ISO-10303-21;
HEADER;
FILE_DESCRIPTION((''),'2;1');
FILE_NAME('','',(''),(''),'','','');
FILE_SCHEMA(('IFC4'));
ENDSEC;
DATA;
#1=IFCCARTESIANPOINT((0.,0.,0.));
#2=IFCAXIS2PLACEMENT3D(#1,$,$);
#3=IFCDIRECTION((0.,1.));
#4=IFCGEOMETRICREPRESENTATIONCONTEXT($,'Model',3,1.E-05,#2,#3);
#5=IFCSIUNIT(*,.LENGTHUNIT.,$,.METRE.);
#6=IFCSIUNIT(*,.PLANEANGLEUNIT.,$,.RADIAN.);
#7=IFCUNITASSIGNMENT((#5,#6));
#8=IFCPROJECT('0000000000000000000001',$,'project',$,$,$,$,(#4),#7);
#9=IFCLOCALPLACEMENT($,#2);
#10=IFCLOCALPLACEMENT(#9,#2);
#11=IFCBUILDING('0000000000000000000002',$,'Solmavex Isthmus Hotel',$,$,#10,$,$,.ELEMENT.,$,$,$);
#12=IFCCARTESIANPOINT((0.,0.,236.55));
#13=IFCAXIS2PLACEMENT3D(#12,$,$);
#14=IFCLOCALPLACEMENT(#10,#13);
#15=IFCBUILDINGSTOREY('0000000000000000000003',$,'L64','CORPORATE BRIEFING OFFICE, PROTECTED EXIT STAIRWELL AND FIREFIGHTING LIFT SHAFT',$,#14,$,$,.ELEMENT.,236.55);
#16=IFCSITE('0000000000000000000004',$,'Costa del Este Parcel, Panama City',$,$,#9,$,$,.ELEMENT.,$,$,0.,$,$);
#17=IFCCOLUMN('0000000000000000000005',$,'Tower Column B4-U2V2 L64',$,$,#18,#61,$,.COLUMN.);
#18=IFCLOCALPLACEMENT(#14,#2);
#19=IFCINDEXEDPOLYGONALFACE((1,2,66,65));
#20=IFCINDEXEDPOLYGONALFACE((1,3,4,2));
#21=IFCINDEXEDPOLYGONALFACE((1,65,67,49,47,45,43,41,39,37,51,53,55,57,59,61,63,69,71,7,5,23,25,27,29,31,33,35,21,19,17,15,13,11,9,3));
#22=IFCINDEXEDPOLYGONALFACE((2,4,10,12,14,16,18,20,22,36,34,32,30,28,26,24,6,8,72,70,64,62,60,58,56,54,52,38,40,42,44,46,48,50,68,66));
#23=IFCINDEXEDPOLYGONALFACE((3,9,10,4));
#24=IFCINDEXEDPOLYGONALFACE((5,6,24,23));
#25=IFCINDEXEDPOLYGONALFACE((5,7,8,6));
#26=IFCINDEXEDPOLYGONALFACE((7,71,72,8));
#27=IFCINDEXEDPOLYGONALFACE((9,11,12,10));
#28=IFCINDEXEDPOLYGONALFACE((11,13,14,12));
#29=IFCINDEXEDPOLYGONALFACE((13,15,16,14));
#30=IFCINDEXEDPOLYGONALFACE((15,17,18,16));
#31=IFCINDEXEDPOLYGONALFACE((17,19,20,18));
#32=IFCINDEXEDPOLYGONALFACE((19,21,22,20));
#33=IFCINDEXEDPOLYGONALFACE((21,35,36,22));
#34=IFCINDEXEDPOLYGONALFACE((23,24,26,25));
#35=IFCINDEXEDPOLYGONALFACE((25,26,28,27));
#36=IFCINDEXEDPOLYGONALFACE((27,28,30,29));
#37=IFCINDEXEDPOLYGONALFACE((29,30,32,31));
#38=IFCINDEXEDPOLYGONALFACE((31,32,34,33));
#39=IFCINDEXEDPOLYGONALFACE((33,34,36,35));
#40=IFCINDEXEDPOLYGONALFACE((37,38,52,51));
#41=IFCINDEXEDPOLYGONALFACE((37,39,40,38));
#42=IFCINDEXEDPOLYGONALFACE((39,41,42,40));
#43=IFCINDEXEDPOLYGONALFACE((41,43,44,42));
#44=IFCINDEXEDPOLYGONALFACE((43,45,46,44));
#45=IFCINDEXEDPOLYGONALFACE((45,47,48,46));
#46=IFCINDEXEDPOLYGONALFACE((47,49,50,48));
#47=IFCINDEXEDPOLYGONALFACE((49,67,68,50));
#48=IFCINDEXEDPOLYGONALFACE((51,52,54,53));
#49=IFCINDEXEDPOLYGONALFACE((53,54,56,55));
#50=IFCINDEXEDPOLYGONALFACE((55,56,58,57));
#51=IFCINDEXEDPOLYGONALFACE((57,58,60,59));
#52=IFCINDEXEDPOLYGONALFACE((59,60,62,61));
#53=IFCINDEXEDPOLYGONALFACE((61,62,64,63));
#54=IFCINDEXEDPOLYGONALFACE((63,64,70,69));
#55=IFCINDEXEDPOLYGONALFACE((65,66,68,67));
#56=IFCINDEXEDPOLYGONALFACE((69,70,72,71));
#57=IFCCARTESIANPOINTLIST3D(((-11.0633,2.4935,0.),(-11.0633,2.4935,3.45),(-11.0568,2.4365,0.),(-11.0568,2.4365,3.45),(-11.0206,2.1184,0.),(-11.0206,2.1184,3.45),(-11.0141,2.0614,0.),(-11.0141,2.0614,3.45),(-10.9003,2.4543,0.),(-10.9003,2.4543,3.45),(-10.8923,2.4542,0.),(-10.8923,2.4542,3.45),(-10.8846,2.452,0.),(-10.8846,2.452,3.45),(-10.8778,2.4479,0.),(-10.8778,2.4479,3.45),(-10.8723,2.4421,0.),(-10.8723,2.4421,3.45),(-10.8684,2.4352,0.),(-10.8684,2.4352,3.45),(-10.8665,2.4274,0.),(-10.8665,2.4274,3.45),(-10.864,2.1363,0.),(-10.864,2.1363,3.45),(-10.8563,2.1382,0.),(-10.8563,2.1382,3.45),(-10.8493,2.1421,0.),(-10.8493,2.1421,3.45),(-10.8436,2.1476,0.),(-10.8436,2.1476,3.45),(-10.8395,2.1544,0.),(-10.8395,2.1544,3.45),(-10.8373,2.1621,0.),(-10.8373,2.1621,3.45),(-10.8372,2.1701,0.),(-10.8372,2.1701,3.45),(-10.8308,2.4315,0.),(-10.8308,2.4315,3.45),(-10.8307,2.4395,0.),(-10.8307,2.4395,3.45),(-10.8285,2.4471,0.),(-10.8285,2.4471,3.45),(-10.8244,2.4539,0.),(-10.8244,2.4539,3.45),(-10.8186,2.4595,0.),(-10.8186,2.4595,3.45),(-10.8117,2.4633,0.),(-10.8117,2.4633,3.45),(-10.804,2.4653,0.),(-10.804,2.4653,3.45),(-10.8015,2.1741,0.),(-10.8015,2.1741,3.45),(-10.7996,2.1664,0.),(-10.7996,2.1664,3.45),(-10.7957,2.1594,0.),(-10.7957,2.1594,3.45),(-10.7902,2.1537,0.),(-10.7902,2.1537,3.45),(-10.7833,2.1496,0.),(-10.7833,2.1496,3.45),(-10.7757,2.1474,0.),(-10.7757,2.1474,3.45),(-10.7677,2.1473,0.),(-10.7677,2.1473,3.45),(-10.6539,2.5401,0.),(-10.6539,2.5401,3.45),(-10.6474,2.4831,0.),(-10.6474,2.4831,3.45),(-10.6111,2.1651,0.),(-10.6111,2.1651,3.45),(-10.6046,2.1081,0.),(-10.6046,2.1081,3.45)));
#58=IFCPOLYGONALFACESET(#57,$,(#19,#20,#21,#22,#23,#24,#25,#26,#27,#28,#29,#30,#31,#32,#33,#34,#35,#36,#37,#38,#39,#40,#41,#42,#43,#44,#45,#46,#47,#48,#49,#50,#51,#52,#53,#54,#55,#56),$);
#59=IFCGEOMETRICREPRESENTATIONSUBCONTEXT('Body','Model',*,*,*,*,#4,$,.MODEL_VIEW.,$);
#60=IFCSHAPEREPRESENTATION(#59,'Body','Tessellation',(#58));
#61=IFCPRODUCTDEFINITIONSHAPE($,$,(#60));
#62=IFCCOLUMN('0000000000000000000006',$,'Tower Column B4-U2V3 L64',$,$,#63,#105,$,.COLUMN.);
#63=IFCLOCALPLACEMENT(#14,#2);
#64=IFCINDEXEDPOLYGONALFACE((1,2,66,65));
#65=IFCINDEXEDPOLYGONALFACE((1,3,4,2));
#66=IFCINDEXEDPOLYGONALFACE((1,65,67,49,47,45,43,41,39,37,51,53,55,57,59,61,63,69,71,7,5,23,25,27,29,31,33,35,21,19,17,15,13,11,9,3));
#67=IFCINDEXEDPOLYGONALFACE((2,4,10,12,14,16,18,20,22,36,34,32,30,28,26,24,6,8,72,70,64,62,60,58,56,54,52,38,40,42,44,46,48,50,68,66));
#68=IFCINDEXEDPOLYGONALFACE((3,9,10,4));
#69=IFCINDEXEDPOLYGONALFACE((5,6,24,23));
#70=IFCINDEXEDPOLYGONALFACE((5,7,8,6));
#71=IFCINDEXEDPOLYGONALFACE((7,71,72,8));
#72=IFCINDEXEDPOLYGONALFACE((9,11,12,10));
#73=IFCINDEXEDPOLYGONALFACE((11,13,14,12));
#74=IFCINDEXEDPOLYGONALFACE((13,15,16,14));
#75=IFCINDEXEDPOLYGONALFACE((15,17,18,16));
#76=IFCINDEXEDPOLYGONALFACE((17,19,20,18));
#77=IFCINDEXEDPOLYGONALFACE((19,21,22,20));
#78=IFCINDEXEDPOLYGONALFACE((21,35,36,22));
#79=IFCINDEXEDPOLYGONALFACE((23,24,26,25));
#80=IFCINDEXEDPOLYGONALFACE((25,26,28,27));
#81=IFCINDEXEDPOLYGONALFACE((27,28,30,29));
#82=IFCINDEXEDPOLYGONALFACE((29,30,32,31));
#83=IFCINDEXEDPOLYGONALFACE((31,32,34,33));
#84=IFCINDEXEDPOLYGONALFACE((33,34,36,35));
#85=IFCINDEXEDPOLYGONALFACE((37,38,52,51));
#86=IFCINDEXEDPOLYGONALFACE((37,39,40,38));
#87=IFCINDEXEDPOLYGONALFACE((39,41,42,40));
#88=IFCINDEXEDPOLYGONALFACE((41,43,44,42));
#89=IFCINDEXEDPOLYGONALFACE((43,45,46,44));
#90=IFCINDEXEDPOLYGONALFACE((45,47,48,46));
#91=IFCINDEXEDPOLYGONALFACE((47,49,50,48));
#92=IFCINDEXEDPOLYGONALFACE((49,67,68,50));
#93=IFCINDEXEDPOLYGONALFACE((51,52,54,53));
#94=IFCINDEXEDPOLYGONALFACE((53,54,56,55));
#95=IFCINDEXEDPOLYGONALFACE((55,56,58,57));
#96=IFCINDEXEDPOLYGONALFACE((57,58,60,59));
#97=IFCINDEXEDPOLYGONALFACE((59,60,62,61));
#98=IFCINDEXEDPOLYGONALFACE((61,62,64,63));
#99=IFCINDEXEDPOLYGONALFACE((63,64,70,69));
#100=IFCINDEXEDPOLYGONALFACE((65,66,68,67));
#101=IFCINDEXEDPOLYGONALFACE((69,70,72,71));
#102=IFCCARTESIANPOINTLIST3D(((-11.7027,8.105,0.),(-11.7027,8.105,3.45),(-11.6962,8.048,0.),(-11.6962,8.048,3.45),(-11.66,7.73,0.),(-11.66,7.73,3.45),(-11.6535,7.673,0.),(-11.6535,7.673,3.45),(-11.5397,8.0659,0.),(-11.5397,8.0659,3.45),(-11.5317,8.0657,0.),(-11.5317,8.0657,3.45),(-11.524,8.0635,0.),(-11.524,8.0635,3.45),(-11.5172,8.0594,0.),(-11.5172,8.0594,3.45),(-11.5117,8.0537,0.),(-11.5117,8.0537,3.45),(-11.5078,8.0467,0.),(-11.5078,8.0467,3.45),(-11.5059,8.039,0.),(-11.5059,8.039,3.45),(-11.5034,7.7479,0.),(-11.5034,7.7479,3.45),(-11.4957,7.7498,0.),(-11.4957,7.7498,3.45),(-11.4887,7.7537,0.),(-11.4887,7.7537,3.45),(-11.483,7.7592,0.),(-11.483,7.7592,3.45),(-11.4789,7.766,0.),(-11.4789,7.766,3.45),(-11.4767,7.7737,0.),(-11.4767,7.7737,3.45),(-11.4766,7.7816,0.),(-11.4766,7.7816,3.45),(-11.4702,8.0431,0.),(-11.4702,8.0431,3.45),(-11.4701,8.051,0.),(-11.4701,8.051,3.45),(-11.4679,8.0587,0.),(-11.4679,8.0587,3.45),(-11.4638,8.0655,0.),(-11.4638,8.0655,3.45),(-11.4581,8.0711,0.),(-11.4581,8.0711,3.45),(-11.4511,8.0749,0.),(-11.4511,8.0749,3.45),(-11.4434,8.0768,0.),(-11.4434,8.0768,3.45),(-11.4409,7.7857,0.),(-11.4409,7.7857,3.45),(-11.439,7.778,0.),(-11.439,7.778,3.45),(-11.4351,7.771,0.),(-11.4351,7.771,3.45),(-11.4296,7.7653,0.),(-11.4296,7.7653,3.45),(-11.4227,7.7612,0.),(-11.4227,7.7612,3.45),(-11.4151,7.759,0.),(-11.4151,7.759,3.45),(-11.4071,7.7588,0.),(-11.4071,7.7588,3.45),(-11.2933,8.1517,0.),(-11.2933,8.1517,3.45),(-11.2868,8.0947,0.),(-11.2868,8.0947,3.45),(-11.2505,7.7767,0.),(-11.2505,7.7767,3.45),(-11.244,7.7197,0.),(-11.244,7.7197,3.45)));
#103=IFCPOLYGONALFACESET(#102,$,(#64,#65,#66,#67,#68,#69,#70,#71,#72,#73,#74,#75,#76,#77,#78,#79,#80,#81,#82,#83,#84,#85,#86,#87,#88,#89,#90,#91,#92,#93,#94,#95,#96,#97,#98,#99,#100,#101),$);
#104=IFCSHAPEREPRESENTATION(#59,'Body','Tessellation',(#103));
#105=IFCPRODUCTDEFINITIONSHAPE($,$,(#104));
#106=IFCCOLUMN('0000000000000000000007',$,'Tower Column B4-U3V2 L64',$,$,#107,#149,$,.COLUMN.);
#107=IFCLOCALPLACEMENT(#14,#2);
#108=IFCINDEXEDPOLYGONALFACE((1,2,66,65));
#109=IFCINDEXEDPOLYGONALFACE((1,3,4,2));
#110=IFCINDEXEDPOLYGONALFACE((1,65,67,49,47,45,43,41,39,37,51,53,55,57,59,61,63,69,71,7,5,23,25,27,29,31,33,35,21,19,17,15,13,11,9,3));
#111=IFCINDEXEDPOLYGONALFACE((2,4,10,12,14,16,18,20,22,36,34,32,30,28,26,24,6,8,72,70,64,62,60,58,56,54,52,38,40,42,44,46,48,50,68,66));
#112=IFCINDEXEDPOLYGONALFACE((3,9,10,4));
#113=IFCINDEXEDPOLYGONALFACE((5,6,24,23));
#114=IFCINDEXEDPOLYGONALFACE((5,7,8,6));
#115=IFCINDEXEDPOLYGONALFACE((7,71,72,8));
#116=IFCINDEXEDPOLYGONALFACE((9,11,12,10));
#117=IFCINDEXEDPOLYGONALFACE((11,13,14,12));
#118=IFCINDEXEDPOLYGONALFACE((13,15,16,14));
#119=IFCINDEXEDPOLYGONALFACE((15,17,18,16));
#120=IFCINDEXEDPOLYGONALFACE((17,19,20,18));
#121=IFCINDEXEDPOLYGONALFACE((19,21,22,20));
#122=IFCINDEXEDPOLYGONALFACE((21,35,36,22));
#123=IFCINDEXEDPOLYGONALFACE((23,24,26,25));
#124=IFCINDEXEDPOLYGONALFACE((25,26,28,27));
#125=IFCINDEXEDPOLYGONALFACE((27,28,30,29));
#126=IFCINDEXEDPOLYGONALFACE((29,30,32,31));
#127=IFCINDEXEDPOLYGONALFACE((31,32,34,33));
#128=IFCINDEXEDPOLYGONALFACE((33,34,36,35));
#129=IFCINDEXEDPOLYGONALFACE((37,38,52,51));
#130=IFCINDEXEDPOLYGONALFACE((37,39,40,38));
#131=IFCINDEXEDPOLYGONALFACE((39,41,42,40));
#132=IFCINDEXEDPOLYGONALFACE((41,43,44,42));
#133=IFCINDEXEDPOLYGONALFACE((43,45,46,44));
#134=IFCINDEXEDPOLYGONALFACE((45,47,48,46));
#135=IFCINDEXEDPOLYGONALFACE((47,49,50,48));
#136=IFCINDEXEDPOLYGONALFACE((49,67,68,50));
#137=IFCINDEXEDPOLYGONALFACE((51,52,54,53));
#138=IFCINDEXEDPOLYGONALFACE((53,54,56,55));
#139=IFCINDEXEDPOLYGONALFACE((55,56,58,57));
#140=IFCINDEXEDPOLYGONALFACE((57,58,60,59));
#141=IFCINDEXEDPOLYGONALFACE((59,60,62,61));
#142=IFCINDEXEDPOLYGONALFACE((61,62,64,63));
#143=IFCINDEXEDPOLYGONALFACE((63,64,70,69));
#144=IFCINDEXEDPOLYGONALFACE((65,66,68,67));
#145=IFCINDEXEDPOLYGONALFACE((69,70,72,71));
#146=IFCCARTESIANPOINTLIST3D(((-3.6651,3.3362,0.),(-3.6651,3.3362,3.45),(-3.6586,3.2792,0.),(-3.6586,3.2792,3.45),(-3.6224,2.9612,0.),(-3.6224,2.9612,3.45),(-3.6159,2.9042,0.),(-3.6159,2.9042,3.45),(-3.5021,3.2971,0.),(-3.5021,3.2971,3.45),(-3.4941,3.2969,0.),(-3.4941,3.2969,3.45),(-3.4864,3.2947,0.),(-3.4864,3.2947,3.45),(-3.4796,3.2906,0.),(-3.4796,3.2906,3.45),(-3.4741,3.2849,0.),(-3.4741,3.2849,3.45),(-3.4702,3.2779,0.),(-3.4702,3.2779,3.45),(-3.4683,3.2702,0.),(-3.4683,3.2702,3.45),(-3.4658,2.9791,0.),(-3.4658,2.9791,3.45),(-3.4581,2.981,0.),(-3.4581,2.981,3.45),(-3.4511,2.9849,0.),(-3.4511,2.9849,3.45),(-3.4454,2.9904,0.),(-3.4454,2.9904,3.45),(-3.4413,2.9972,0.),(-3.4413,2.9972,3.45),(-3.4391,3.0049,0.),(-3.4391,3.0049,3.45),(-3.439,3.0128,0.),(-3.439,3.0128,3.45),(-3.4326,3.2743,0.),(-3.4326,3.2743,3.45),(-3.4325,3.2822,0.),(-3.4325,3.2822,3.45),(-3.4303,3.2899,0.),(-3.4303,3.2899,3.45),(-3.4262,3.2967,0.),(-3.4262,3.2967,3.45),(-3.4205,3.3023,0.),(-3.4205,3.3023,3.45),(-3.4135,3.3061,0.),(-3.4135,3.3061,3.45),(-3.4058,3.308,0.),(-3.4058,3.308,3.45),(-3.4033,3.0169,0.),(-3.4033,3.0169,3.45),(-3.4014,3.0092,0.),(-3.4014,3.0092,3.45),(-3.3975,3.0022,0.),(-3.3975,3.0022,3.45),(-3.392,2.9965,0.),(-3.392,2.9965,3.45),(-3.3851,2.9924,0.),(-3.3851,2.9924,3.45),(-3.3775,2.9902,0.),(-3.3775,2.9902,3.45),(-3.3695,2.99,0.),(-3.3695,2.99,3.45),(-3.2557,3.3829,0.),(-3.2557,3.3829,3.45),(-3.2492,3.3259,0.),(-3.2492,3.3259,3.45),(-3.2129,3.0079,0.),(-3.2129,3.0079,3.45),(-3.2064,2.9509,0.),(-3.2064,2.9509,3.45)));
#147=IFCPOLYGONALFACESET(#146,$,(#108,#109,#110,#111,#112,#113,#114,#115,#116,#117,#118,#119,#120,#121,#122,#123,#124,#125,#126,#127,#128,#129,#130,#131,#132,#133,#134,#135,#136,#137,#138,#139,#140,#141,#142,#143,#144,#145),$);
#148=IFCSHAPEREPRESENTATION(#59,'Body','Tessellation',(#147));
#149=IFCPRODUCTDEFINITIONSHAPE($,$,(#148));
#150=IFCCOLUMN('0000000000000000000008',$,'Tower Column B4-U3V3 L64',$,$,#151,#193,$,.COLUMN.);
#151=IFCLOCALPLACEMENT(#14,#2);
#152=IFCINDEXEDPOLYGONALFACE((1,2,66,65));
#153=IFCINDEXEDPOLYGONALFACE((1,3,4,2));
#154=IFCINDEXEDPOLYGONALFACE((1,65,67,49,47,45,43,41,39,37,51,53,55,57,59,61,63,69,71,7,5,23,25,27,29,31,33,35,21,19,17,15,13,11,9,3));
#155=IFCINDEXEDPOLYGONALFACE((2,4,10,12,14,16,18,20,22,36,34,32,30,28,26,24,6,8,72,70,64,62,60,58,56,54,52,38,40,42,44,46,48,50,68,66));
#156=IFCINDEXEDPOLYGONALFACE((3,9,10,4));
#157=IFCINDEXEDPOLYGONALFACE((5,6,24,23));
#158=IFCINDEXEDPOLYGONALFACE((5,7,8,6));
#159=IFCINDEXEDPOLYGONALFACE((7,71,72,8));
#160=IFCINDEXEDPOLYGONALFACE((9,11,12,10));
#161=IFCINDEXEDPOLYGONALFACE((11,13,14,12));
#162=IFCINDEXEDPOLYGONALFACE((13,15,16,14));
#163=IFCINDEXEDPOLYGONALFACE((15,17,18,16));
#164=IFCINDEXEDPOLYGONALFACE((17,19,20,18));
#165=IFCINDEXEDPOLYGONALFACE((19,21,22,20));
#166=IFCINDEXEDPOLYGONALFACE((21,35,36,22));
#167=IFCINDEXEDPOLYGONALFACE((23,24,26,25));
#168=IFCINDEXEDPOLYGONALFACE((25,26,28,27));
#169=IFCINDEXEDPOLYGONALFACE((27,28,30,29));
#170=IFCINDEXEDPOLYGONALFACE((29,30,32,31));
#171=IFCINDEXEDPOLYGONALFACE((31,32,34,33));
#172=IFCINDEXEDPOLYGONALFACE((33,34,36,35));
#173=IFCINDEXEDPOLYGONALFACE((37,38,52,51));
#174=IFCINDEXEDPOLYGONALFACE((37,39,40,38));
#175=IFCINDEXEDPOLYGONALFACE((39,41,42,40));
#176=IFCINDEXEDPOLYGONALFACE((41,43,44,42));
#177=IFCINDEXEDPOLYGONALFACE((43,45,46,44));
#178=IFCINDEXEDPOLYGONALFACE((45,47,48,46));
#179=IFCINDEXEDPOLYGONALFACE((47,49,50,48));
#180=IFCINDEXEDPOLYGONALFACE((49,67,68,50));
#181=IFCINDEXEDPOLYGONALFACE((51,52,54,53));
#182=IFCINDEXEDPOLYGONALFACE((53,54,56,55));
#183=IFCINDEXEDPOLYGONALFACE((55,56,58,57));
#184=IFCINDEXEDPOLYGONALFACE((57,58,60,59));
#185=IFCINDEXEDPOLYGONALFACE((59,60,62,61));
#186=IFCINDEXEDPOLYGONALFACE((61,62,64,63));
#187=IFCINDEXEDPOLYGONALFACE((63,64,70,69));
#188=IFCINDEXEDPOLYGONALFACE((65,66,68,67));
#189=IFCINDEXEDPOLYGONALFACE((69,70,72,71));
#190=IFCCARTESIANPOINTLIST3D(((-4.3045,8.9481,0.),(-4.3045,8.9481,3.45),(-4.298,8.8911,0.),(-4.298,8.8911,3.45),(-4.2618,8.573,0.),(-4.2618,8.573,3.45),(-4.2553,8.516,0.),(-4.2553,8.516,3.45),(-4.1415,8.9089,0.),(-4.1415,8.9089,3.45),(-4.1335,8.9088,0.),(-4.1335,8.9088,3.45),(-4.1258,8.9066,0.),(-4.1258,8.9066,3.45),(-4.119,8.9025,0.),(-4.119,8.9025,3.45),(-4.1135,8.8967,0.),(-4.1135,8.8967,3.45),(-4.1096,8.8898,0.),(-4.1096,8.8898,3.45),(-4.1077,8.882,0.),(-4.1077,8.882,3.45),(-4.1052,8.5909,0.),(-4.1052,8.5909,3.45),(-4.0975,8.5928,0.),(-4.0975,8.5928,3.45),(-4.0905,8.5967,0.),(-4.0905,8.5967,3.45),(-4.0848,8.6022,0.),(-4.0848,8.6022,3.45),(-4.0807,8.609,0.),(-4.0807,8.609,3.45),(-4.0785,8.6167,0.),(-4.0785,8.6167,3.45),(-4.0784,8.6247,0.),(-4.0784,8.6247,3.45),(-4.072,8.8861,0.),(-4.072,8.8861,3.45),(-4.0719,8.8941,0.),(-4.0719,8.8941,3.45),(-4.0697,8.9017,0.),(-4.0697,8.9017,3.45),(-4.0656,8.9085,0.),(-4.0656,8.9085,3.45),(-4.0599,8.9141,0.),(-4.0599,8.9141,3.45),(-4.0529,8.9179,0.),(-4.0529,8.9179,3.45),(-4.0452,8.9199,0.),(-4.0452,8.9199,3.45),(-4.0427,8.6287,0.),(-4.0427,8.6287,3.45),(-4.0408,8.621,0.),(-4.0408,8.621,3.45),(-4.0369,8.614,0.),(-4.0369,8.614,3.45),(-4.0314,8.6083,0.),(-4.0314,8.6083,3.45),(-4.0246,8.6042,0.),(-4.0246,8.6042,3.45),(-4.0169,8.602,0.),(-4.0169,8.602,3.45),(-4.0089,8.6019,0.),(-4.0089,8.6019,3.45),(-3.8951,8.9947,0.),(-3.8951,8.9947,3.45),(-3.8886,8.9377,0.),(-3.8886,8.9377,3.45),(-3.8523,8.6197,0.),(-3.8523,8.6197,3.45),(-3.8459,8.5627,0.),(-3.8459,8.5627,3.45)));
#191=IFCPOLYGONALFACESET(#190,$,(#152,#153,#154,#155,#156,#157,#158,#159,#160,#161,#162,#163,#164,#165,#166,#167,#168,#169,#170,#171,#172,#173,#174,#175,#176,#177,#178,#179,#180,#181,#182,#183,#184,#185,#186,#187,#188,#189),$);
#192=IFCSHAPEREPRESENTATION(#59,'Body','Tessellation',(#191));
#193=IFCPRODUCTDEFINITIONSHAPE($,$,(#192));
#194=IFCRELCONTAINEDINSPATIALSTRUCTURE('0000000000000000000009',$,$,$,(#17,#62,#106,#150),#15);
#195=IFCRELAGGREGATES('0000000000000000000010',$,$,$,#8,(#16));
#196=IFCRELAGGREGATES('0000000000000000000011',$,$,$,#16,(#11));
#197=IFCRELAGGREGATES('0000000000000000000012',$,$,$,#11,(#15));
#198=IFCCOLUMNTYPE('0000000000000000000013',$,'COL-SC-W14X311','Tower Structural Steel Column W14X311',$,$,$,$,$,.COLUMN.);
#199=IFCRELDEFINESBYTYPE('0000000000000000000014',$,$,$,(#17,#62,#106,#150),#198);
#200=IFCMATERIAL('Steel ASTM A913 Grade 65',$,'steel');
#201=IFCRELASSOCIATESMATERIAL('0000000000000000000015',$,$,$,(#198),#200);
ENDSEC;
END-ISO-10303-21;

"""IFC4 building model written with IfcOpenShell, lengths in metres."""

from ifc_helpers import new_model, si_unit, direction, frame, origin, origin_2d, place, context, subcontext, project, spatial, i_section, extrude, material, material_profile, profile_set, type_object, element, save


model = new_model("IFC4")

# Units and contexts
model_context = context("Model", 3, precision=1e-05, world=origin(), true_north=direction((0.0, 1.0)))
body_context = subcontext(model_context, "Body", "Model", "MODEL_VIEW")
ifc_project = project(units=[si_unit("LENGTHUNIT", "METRE"), si_unit("PLANEANGLEUNIT", "RADIAN")], contexts=[model_context])

# Site, building, storey
site_placement = place(None, origin())
site = spatial("IfcSite", under=ifc_project, at=site_placement, Name="Costa del Este Parcel, Panama City", CompositionType="ELEMENT", RefElevation=0.0)
building_placement = place(site_placement, origin())
building = spatial("IfcBuilding", under=site, at=building_placement, Name="Solmavex Isthmus Hotel", CompositionType="ELEMENT")
storey_placement = place(building_placement, frame((0.0, 0.0, 236.55)))
storey = spatial("IfcBuildingStorey", under=building, at=storey_placement, Name="L64", Description="CORPORATE BRIEFING OFFICE, PROTECTED EXIT STAIRWELL AND FIREFIGHTING LIFT SHAFT", CompositionType="ELEMENT", Elevation=236.55)

# Columns
ifc_material_1 = material(Name="Steel ASTM A913 Grade 65", Category="steel")
ifc_material_profile_1 = material_profile(ifc_material_1, i_section(OverallWidth=0.4121, OverallDepth=0.4348, WebThickness=0.0359, FlangeThickness=0.0574, FilletRadius=0.0305, at=origin_2d()), Name="W14X311")
ifc_profile_set_1 = profile_set([ifc_material_profile_1], Name="Steel ASTM A913 Grade 65")
column_type = type_object("IfcColumnType", Name="COL-SC-W14X311", Description="Tower Structural Steel Column W14X311", PredefinedType="COLUMN", material=ifc_profile_set_1)
for number, where, z_axis, x_axis, name in (
    (1, (-10.834, 2.3008, 0.0), (0.0, 0.0, 1.0), (0.993572, 0.113203, 0.0), "Tower Column B4-U2V2 L64"),
    (2, (-11.4734, 7.9124, 0.0), (0.0, 0.0, 1.0), (0.993572, 0.113203, 0.0), "Tower Column B4-U2V3 L64"),
    (3, (-3.4358, 3.1436, 0.0), (0.0, 0.0, 1.0), (0.993572, 0.113203, 0.0), "Tower Column B4-U3V2 L64"),
    (4, (-4.0752, 8.7554, 0.0), (0.0, 0.0, 1.0), (0.993572, 0.113203, 0.0), "Tower Column B4-U3V3 L64"),
):
    element("IfcColumn", number, at=place(storey_placement, frame(where, z_axis=z_axis, x_axis=x_axis)), inside=storey, type_object=column_type, Name=name, PredefinedType="COLUMN", context=body_context, shape_type="SweptSolid", body=[
        extrude(i_section(OverallWidth=0.4121, OverallDepth=0.4348, WebThickness=0.0359, FlangeThickness=0.0574, FilletRadius=0.0305, at=origin_2d()), origin(), (0.0, 0.0, 1.0), 3.45),
    ])

save(model, "model.ifc")
